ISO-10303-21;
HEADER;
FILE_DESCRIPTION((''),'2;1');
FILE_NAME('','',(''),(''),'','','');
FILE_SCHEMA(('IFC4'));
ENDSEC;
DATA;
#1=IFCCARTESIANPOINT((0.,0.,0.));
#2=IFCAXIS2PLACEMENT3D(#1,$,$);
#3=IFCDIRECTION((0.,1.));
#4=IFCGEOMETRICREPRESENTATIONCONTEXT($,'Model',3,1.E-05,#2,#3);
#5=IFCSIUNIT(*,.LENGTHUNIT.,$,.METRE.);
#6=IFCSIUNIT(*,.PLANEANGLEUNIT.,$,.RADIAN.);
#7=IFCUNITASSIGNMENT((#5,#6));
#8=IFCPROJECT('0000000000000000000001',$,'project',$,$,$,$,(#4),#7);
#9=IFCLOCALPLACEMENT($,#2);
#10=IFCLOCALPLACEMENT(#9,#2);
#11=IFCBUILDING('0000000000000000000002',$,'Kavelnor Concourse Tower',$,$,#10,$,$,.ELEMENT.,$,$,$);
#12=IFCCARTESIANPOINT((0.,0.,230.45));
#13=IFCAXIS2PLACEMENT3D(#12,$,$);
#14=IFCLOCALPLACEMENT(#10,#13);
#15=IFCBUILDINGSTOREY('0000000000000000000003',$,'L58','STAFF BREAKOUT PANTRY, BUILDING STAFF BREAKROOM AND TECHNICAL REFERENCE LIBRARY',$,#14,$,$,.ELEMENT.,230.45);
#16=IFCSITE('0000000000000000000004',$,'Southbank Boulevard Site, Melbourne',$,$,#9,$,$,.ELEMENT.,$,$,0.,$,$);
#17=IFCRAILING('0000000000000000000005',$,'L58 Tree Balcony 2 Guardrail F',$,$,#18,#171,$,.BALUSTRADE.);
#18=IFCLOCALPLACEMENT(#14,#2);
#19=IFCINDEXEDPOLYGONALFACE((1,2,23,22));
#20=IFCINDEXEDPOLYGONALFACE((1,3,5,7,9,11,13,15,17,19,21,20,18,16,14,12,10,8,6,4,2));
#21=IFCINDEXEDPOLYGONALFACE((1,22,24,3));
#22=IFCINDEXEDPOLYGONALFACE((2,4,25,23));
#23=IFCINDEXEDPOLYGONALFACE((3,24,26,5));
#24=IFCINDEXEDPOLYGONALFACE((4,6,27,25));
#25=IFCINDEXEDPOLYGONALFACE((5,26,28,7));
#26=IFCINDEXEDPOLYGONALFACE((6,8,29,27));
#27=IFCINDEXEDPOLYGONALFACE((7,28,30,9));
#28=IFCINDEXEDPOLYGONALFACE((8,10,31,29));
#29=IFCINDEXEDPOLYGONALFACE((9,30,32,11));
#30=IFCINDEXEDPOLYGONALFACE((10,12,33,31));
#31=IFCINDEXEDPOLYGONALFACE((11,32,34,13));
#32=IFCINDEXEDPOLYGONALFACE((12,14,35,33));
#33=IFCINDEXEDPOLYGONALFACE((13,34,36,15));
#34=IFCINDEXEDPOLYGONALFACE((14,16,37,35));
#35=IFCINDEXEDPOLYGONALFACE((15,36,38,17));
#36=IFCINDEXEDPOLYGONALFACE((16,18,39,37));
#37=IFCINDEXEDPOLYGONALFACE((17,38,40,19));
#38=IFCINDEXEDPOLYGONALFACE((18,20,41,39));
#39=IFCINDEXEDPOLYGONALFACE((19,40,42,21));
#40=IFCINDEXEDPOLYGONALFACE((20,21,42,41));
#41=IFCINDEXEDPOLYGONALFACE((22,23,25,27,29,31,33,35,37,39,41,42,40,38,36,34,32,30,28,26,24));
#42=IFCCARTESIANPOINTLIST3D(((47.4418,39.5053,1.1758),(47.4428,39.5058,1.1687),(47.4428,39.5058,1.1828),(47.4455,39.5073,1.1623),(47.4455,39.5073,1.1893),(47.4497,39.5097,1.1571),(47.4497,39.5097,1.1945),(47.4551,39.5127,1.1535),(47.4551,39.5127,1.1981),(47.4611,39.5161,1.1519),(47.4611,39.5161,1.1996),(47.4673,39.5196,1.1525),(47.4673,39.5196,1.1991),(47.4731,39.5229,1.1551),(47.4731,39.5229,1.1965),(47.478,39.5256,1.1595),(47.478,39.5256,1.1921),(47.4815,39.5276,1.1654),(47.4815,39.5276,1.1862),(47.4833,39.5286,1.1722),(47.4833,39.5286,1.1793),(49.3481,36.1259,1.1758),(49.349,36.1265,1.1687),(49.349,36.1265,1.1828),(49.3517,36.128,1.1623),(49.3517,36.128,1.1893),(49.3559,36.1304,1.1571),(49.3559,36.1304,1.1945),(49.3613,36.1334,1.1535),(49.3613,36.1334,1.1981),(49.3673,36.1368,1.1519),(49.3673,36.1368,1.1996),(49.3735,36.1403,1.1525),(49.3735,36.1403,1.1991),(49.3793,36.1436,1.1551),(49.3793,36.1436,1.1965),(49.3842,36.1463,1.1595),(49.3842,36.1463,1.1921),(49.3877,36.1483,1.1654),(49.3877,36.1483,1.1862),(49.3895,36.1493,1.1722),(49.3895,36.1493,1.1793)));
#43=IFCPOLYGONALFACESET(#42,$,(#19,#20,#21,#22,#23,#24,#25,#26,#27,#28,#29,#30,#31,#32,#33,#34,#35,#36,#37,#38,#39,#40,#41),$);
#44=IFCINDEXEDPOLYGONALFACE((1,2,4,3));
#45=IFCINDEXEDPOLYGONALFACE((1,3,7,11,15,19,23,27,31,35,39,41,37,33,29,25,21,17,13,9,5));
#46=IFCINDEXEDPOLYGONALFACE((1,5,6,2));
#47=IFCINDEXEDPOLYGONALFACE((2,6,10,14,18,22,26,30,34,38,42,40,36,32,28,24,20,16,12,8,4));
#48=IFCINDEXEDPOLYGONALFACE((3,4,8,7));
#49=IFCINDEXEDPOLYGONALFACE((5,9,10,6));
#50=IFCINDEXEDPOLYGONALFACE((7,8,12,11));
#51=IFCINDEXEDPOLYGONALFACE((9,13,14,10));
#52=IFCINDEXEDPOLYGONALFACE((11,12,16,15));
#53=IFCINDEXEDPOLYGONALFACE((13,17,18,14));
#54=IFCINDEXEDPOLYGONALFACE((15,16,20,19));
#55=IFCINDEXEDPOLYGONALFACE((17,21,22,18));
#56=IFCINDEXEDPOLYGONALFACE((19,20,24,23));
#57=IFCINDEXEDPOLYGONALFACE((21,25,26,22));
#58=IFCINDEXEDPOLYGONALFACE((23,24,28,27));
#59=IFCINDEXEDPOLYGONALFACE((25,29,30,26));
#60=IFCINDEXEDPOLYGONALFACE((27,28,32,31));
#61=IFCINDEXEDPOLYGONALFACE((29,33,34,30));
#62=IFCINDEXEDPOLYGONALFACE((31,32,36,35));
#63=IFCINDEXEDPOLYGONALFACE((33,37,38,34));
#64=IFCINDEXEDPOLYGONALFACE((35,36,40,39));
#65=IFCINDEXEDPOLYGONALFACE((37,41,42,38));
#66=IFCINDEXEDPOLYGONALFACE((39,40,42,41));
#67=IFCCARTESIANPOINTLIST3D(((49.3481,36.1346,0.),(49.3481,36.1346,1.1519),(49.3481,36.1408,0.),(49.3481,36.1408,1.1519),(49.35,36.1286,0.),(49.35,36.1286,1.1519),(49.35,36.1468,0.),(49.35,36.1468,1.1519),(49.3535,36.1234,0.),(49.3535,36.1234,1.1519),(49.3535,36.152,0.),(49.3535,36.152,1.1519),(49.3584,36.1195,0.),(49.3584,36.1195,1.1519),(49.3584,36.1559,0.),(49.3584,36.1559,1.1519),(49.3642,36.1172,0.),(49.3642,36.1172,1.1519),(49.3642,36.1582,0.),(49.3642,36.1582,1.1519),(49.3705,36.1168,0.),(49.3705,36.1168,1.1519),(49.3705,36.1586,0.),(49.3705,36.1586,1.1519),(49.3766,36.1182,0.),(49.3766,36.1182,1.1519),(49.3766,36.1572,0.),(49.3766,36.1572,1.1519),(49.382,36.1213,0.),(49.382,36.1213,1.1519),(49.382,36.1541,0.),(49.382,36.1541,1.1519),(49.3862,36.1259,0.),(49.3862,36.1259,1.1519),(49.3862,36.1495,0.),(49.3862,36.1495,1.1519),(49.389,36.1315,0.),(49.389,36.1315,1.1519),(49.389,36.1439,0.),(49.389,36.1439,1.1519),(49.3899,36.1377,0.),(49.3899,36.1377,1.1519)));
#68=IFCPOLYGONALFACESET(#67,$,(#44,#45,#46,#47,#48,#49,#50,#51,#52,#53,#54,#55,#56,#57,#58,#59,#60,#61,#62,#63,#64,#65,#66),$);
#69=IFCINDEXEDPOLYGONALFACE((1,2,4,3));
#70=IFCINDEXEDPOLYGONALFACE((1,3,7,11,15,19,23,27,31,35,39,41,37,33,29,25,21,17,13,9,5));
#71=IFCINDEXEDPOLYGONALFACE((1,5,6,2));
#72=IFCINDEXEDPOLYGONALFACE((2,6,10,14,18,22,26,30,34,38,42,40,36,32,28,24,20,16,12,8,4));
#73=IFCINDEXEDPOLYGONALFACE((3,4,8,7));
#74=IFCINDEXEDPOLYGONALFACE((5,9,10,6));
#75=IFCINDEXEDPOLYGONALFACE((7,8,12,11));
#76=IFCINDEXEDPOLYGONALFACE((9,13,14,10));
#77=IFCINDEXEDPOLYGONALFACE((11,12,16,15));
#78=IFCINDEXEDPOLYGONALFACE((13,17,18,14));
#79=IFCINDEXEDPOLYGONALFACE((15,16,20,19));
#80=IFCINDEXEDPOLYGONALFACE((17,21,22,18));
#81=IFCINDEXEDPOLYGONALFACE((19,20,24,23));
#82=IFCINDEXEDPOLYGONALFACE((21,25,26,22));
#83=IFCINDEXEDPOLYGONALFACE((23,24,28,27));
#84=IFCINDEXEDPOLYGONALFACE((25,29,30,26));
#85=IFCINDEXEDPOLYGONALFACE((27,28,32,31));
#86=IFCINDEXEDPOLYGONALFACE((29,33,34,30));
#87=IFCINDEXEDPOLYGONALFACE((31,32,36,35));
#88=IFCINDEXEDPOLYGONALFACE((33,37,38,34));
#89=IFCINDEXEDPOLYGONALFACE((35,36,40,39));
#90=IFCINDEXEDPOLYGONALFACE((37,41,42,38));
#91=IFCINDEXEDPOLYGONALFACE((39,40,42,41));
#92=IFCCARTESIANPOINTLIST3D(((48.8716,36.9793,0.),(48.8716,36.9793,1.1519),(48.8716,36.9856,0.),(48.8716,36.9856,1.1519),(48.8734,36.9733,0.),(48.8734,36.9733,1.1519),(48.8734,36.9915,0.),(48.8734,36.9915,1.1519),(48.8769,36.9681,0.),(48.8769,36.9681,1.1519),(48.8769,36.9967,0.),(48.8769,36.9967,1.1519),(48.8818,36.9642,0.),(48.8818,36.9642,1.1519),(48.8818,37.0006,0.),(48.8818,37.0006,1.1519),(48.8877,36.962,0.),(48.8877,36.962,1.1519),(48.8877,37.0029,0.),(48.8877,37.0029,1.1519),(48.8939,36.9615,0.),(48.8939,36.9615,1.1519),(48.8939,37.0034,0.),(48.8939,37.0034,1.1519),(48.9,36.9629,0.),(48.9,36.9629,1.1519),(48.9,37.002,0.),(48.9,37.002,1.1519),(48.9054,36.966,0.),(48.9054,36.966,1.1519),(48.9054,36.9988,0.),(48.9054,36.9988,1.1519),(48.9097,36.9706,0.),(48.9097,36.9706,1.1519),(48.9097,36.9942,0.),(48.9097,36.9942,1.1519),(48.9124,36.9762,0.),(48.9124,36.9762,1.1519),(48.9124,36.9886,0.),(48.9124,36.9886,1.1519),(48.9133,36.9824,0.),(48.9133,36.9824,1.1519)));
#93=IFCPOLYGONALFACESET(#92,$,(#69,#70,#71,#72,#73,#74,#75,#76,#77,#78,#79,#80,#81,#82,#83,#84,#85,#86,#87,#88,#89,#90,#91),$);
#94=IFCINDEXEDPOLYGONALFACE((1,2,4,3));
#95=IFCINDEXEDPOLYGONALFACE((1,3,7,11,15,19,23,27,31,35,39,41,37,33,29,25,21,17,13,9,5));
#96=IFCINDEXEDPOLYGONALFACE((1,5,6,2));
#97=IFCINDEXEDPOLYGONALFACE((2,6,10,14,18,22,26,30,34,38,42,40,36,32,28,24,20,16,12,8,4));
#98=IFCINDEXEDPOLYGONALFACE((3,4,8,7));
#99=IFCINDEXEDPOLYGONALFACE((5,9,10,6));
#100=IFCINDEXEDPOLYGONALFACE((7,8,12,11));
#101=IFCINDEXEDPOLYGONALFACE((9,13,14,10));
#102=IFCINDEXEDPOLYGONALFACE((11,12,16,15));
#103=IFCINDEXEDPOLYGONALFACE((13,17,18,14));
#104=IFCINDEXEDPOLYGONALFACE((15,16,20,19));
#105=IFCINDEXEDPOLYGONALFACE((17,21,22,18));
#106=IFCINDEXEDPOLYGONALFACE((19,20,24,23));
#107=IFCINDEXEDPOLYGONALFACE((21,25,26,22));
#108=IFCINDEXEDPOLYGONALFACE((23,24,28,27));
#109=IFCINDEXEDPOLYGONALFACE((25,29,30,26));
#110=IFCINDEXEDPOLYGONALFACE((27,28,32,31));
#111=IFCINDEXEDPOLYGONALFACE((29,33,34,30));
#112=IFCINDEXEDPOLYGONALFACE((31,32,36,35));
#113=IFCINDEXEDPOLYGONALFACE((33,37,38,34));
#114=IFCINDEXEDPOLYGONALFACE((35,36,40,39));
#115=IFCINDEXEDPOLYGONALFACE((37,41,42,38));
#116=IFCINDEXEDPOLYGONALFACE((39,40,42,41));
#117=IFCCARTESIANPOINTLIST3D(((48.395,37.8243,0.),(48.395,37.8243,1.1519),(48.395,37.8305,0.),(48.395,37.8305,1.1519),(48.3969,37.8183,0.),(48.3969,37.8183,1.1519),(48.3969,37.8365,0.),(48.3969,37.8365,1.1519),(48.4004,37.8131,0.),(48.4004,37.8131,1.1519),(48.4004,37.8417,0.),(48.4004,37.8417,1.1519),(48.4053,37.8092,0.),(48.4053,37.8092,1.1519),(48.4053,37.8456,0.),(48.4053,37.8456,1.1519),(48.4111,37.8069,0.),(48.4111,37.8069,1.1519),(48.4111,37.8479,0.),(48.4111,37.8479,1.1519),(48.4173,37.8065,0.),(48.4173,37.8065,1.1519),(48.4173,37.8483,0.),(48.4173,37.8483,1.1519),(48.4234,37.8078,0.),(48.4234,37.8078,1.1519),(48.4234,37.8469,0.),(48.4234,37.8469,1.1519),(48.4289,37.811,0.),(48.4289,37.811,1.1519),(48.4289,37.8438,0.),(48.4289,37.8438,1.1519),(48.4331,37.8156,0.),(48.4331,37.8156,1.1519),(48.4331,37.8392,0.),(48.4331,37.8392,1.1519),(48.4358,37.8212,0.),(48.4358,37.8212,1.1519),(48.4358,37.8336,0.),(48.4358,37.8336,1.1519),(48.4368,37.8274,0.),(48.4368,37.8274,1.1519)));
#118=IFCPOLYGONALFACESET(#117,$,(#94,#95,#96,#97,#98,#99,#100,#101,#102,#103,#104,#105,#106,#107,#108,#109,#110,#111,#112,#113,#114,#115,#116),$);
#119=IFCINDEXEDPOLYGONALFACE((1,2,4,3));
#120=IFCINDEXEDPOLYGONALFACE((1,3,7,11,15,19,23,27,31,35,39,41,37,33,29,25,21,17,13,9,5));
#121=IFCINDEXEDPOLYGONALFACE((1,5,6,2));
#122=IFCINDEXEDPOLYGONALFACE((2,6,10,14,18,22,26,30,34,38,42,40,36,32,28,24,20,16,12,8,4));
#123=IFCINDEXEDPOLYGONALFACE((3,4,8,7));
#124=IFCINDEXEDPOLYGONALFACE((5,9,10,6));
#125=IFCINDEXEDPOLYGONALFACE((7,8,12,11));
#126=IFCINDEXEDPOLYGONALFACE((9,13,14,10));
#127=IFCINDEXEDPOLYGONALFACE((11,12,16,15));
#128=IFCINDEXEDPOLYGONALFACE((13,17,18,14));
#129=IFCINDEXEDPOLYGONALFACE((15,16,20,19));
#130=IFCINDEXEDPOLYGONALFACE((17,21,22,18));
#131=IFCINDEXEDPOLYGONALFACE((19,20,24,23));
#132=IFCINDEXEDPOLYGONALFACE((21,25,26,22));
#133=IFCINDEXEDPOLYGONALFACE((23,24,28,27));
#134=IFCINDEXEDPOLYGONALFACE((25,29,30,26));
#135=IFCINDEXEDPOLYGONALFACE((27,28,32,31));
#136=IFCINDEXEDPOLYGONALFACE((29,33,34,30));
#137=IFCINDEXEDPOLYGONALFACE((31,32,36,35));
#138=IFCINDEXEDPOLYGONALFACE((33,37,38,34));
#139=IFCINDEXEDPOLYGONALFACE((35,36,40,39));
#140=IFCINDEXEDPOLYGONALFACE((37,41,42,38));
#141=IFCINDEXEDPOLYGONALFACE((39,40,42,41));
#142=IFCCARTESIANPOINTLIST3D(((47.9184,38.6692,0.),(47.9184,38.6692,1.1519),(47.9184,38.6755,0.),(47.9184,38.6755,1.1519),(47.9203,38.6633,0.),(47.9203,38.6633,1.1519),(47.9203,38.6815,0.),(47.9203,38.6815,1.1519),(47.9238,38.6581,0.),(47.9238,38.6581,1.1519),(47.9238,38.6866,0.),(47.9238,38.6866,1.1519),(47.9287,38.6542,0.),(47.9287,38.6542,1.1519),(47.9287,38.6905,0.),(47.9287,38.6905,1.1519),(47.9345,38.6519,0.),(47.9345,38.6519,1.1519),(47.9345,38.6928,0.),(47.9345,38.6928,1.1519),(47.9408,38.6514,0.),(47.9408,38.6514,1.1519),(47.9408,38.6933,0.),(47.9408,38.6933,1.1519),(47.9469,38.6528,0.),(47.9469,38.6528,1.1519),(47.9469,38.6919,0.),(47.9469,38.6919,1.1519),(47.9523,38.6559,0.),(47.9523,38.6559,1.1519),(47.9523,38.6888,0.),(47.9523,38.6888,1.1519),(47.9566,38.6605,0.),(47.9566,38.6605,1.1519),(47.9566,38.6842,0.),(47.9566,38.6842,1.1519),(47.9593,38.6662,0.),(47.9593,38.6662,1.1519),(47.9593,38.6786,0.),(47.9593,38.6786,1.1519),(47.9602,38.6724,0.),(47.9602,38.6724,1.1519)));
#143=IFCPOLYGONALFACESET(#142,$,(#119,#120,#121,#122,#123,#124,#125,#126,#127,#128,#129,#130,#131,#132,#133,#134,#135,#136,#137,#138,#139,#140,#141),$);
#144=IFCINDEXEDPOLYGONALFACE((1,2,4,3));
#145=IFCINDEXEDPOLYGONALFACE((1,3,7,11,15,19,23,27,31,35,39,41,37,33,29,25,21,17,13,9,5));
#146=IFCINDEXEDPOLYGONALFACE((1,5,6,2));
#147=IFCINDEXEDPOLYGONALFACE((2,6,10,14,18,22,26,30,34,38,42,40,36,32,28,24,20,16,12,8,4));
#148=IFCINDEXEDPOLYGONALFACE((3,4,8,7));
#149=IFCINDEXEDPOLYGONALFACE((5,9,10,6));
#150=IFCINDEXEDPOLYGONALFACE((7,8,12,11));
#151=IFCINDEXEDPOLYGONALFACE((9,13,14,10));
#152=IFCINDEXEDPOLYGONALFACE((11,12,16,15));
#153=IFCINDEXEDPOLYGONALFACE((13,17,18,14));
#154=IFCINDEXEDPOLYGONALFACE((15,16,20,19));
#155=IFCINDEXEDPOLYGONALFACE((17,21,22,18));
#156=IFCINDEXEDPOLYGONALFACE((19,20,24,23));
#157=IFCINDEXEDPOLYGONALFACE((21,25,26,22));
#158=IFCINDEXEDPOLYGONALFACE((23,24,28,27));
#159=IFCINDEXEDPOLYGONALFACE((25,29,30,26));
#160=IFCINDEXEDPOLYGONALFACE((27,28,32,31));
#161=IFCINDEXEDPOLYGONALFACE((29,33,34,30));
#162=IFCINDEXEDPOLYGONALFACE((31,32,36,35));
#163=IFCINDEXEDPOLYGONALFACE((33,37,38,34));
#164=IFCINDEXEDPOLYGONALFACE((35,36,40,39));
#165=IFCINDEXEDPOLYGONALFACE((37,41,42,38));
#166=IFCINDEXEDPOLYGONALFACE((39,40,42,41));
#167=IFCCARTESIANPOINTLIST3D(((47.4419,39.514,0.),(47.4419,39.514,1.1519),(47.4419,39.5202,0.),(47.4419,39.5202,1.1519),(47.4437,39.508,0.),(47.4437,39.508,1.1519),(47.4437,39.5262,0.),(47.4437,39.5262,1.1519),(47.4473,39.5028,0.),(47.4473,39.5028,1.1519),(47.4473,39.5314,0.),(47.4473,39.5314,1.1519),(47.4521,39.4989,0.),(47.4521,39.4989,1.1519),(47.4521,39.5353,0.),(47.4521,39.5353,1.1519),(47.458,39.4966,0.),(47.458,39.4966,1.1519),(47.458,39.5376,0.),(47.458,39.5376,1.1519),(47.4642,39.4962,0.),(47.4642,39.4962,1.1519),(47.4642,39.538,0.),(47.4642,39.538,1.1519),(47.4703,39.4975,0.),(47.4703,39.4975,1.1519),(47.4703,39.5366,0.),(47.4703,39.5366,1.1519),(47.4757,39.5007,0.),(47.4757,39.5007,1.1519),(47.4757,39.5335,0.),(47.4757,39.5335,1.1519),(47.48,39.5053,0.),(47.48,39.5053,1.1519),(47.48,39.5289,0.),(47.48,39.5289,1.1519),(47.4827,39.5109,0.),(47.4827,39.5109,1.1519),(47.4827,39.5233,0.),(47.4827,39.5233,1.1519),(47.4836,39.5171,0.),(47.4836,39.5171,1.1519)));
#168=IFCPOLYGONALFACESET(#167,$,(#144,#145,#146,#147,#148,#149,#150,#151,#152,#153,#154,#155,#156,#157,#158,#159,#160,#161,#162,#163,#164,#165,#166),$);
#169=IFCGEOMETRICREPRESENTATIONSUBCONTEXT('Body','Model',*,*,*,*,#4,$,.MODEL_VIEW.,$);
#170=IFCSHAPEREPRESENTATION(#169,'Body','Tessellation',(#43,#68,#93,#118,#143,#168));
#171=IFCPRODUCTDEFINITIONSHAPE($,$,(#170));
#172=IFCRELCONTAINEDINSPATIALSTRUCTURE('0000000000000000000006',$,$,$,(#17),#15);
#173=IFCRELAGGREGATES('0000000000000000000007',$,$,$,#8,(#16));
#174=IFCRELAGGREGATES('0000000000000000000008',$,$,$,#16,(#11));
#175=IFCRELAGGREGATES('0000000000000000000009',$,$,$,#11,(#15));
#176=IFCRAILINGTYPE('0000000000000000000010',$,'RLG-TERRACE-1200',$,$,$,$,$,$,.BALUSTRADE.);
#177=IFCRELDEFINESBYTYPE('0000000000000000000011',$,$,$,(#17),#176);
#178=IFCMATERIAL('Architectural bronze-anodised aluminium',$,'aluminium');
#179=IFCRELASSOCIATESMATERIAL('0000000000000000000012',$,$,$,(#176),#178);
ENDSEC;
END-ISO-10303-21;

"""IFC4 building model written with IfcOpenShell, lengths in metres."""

from ifc_helpers import new_model, si_unit, direction, frame, origin, origin_2d, place, context, subcontext, project, spatial, circle, extrude, material, type_object, element, save


model = new_model("IFC4")

# Units and contexts
model_context = context("Model", 3, precision=1e-05, world=origin(), true_north=direction((0.0, 1.0)))
body_context = subcontext(model_context, "Body", "Model", "MODEL_VIEW")
ifc_project = project(units=[si_unit("LENGTHUNIT", "METRE"), si_unit("PLANEANGLEUNIT", "RADIAN")], contexts=[model_context])

# Site, building, storey
site_placement = place(None, origin())
site = spatial("IfcSite", under=ifc_project, at=site_placement, Name="Southbank Boulevard Site, Melbourne", CompositionType="ELEMENT", RefElevation=0.0)
building_placement = place(site_placement, origin())
building = spatial("IfcBuilding", under=site, at=building_placement, Name="Kavelnor Concourse Tower", CompositionType="ELEMENT")
storey_placement = place(building_placement, frame((0.0, 0.0, 230.45)))
storey = spatial("IfcBuildingStorey", under=building, at=storey_placement, Name="L58", Description="STAFF BREAKOUT PANTRY, BUILDING STAFF BREAKROOM AND TECHNICAL REFERENCE LIBRARY", CompositionType="ELEMENT", Elevation=230.45)

# Railing
ifc_material_1 = material(Name="Architectural bronze-anodised aluminium", Category="aluminium")
railing_type = type_object("IfcRailingType", Name="RLG-TERRACE-1200", PredefinedType="BALUSTRADE", material=ifc_material_1)
railing_1_placement = place(storey_placement, frame((49.3689, 36.1377, 0.0)))
element("IfcRailing", 1, at=railing_1_placement, inside=storey, type_object=railing_type, Name="L58 Tree Balcony 2 Guardrail F", PredefinedType="BALUSTRADE", context=body_context, shape_type="SweptSolid", body=[
    extrude(circle(Radius=0.0239, at=origin_2d()), frame((0.0, 0.0, 1.1758), z_axis=(-0.491306, 0.870987, 0.0), x_axis=(-0.870987, -0.491306, 0.0)), (0.0, 0.0, 1.0), 3.8799),
    extrude(circle(Radius=0.021, at=origin_2d()), origin(), (0.0, 0.0, 1.0), 1.1519),
    extrude(circle(Radius=0.021, at=origin_2d()), frame((-0.4766, 0.8447, 0.0)), (0.0, 0.0, 1.0), 1.1519),
    extrude(circle(Radius=0.021, at=origin_2d()), frame((-0.9531, 1.6897, 0.0)), (0.0, 0.0, 1.0), 1.1519),
    extrude(circle(Radius=0.021, at=origin_2d()), frame((-1.4297, 2.5347, 0.0)), (0.0, 0.0, 1.0), 1.1519),
    extrude(circle(Radius=0.021, at=origin_2d()), frame((-1.9062, 3.3794, 0.0)), (0.0, 0.0, 1.0), 1.1519),
])

save(model, "model.ifc")
